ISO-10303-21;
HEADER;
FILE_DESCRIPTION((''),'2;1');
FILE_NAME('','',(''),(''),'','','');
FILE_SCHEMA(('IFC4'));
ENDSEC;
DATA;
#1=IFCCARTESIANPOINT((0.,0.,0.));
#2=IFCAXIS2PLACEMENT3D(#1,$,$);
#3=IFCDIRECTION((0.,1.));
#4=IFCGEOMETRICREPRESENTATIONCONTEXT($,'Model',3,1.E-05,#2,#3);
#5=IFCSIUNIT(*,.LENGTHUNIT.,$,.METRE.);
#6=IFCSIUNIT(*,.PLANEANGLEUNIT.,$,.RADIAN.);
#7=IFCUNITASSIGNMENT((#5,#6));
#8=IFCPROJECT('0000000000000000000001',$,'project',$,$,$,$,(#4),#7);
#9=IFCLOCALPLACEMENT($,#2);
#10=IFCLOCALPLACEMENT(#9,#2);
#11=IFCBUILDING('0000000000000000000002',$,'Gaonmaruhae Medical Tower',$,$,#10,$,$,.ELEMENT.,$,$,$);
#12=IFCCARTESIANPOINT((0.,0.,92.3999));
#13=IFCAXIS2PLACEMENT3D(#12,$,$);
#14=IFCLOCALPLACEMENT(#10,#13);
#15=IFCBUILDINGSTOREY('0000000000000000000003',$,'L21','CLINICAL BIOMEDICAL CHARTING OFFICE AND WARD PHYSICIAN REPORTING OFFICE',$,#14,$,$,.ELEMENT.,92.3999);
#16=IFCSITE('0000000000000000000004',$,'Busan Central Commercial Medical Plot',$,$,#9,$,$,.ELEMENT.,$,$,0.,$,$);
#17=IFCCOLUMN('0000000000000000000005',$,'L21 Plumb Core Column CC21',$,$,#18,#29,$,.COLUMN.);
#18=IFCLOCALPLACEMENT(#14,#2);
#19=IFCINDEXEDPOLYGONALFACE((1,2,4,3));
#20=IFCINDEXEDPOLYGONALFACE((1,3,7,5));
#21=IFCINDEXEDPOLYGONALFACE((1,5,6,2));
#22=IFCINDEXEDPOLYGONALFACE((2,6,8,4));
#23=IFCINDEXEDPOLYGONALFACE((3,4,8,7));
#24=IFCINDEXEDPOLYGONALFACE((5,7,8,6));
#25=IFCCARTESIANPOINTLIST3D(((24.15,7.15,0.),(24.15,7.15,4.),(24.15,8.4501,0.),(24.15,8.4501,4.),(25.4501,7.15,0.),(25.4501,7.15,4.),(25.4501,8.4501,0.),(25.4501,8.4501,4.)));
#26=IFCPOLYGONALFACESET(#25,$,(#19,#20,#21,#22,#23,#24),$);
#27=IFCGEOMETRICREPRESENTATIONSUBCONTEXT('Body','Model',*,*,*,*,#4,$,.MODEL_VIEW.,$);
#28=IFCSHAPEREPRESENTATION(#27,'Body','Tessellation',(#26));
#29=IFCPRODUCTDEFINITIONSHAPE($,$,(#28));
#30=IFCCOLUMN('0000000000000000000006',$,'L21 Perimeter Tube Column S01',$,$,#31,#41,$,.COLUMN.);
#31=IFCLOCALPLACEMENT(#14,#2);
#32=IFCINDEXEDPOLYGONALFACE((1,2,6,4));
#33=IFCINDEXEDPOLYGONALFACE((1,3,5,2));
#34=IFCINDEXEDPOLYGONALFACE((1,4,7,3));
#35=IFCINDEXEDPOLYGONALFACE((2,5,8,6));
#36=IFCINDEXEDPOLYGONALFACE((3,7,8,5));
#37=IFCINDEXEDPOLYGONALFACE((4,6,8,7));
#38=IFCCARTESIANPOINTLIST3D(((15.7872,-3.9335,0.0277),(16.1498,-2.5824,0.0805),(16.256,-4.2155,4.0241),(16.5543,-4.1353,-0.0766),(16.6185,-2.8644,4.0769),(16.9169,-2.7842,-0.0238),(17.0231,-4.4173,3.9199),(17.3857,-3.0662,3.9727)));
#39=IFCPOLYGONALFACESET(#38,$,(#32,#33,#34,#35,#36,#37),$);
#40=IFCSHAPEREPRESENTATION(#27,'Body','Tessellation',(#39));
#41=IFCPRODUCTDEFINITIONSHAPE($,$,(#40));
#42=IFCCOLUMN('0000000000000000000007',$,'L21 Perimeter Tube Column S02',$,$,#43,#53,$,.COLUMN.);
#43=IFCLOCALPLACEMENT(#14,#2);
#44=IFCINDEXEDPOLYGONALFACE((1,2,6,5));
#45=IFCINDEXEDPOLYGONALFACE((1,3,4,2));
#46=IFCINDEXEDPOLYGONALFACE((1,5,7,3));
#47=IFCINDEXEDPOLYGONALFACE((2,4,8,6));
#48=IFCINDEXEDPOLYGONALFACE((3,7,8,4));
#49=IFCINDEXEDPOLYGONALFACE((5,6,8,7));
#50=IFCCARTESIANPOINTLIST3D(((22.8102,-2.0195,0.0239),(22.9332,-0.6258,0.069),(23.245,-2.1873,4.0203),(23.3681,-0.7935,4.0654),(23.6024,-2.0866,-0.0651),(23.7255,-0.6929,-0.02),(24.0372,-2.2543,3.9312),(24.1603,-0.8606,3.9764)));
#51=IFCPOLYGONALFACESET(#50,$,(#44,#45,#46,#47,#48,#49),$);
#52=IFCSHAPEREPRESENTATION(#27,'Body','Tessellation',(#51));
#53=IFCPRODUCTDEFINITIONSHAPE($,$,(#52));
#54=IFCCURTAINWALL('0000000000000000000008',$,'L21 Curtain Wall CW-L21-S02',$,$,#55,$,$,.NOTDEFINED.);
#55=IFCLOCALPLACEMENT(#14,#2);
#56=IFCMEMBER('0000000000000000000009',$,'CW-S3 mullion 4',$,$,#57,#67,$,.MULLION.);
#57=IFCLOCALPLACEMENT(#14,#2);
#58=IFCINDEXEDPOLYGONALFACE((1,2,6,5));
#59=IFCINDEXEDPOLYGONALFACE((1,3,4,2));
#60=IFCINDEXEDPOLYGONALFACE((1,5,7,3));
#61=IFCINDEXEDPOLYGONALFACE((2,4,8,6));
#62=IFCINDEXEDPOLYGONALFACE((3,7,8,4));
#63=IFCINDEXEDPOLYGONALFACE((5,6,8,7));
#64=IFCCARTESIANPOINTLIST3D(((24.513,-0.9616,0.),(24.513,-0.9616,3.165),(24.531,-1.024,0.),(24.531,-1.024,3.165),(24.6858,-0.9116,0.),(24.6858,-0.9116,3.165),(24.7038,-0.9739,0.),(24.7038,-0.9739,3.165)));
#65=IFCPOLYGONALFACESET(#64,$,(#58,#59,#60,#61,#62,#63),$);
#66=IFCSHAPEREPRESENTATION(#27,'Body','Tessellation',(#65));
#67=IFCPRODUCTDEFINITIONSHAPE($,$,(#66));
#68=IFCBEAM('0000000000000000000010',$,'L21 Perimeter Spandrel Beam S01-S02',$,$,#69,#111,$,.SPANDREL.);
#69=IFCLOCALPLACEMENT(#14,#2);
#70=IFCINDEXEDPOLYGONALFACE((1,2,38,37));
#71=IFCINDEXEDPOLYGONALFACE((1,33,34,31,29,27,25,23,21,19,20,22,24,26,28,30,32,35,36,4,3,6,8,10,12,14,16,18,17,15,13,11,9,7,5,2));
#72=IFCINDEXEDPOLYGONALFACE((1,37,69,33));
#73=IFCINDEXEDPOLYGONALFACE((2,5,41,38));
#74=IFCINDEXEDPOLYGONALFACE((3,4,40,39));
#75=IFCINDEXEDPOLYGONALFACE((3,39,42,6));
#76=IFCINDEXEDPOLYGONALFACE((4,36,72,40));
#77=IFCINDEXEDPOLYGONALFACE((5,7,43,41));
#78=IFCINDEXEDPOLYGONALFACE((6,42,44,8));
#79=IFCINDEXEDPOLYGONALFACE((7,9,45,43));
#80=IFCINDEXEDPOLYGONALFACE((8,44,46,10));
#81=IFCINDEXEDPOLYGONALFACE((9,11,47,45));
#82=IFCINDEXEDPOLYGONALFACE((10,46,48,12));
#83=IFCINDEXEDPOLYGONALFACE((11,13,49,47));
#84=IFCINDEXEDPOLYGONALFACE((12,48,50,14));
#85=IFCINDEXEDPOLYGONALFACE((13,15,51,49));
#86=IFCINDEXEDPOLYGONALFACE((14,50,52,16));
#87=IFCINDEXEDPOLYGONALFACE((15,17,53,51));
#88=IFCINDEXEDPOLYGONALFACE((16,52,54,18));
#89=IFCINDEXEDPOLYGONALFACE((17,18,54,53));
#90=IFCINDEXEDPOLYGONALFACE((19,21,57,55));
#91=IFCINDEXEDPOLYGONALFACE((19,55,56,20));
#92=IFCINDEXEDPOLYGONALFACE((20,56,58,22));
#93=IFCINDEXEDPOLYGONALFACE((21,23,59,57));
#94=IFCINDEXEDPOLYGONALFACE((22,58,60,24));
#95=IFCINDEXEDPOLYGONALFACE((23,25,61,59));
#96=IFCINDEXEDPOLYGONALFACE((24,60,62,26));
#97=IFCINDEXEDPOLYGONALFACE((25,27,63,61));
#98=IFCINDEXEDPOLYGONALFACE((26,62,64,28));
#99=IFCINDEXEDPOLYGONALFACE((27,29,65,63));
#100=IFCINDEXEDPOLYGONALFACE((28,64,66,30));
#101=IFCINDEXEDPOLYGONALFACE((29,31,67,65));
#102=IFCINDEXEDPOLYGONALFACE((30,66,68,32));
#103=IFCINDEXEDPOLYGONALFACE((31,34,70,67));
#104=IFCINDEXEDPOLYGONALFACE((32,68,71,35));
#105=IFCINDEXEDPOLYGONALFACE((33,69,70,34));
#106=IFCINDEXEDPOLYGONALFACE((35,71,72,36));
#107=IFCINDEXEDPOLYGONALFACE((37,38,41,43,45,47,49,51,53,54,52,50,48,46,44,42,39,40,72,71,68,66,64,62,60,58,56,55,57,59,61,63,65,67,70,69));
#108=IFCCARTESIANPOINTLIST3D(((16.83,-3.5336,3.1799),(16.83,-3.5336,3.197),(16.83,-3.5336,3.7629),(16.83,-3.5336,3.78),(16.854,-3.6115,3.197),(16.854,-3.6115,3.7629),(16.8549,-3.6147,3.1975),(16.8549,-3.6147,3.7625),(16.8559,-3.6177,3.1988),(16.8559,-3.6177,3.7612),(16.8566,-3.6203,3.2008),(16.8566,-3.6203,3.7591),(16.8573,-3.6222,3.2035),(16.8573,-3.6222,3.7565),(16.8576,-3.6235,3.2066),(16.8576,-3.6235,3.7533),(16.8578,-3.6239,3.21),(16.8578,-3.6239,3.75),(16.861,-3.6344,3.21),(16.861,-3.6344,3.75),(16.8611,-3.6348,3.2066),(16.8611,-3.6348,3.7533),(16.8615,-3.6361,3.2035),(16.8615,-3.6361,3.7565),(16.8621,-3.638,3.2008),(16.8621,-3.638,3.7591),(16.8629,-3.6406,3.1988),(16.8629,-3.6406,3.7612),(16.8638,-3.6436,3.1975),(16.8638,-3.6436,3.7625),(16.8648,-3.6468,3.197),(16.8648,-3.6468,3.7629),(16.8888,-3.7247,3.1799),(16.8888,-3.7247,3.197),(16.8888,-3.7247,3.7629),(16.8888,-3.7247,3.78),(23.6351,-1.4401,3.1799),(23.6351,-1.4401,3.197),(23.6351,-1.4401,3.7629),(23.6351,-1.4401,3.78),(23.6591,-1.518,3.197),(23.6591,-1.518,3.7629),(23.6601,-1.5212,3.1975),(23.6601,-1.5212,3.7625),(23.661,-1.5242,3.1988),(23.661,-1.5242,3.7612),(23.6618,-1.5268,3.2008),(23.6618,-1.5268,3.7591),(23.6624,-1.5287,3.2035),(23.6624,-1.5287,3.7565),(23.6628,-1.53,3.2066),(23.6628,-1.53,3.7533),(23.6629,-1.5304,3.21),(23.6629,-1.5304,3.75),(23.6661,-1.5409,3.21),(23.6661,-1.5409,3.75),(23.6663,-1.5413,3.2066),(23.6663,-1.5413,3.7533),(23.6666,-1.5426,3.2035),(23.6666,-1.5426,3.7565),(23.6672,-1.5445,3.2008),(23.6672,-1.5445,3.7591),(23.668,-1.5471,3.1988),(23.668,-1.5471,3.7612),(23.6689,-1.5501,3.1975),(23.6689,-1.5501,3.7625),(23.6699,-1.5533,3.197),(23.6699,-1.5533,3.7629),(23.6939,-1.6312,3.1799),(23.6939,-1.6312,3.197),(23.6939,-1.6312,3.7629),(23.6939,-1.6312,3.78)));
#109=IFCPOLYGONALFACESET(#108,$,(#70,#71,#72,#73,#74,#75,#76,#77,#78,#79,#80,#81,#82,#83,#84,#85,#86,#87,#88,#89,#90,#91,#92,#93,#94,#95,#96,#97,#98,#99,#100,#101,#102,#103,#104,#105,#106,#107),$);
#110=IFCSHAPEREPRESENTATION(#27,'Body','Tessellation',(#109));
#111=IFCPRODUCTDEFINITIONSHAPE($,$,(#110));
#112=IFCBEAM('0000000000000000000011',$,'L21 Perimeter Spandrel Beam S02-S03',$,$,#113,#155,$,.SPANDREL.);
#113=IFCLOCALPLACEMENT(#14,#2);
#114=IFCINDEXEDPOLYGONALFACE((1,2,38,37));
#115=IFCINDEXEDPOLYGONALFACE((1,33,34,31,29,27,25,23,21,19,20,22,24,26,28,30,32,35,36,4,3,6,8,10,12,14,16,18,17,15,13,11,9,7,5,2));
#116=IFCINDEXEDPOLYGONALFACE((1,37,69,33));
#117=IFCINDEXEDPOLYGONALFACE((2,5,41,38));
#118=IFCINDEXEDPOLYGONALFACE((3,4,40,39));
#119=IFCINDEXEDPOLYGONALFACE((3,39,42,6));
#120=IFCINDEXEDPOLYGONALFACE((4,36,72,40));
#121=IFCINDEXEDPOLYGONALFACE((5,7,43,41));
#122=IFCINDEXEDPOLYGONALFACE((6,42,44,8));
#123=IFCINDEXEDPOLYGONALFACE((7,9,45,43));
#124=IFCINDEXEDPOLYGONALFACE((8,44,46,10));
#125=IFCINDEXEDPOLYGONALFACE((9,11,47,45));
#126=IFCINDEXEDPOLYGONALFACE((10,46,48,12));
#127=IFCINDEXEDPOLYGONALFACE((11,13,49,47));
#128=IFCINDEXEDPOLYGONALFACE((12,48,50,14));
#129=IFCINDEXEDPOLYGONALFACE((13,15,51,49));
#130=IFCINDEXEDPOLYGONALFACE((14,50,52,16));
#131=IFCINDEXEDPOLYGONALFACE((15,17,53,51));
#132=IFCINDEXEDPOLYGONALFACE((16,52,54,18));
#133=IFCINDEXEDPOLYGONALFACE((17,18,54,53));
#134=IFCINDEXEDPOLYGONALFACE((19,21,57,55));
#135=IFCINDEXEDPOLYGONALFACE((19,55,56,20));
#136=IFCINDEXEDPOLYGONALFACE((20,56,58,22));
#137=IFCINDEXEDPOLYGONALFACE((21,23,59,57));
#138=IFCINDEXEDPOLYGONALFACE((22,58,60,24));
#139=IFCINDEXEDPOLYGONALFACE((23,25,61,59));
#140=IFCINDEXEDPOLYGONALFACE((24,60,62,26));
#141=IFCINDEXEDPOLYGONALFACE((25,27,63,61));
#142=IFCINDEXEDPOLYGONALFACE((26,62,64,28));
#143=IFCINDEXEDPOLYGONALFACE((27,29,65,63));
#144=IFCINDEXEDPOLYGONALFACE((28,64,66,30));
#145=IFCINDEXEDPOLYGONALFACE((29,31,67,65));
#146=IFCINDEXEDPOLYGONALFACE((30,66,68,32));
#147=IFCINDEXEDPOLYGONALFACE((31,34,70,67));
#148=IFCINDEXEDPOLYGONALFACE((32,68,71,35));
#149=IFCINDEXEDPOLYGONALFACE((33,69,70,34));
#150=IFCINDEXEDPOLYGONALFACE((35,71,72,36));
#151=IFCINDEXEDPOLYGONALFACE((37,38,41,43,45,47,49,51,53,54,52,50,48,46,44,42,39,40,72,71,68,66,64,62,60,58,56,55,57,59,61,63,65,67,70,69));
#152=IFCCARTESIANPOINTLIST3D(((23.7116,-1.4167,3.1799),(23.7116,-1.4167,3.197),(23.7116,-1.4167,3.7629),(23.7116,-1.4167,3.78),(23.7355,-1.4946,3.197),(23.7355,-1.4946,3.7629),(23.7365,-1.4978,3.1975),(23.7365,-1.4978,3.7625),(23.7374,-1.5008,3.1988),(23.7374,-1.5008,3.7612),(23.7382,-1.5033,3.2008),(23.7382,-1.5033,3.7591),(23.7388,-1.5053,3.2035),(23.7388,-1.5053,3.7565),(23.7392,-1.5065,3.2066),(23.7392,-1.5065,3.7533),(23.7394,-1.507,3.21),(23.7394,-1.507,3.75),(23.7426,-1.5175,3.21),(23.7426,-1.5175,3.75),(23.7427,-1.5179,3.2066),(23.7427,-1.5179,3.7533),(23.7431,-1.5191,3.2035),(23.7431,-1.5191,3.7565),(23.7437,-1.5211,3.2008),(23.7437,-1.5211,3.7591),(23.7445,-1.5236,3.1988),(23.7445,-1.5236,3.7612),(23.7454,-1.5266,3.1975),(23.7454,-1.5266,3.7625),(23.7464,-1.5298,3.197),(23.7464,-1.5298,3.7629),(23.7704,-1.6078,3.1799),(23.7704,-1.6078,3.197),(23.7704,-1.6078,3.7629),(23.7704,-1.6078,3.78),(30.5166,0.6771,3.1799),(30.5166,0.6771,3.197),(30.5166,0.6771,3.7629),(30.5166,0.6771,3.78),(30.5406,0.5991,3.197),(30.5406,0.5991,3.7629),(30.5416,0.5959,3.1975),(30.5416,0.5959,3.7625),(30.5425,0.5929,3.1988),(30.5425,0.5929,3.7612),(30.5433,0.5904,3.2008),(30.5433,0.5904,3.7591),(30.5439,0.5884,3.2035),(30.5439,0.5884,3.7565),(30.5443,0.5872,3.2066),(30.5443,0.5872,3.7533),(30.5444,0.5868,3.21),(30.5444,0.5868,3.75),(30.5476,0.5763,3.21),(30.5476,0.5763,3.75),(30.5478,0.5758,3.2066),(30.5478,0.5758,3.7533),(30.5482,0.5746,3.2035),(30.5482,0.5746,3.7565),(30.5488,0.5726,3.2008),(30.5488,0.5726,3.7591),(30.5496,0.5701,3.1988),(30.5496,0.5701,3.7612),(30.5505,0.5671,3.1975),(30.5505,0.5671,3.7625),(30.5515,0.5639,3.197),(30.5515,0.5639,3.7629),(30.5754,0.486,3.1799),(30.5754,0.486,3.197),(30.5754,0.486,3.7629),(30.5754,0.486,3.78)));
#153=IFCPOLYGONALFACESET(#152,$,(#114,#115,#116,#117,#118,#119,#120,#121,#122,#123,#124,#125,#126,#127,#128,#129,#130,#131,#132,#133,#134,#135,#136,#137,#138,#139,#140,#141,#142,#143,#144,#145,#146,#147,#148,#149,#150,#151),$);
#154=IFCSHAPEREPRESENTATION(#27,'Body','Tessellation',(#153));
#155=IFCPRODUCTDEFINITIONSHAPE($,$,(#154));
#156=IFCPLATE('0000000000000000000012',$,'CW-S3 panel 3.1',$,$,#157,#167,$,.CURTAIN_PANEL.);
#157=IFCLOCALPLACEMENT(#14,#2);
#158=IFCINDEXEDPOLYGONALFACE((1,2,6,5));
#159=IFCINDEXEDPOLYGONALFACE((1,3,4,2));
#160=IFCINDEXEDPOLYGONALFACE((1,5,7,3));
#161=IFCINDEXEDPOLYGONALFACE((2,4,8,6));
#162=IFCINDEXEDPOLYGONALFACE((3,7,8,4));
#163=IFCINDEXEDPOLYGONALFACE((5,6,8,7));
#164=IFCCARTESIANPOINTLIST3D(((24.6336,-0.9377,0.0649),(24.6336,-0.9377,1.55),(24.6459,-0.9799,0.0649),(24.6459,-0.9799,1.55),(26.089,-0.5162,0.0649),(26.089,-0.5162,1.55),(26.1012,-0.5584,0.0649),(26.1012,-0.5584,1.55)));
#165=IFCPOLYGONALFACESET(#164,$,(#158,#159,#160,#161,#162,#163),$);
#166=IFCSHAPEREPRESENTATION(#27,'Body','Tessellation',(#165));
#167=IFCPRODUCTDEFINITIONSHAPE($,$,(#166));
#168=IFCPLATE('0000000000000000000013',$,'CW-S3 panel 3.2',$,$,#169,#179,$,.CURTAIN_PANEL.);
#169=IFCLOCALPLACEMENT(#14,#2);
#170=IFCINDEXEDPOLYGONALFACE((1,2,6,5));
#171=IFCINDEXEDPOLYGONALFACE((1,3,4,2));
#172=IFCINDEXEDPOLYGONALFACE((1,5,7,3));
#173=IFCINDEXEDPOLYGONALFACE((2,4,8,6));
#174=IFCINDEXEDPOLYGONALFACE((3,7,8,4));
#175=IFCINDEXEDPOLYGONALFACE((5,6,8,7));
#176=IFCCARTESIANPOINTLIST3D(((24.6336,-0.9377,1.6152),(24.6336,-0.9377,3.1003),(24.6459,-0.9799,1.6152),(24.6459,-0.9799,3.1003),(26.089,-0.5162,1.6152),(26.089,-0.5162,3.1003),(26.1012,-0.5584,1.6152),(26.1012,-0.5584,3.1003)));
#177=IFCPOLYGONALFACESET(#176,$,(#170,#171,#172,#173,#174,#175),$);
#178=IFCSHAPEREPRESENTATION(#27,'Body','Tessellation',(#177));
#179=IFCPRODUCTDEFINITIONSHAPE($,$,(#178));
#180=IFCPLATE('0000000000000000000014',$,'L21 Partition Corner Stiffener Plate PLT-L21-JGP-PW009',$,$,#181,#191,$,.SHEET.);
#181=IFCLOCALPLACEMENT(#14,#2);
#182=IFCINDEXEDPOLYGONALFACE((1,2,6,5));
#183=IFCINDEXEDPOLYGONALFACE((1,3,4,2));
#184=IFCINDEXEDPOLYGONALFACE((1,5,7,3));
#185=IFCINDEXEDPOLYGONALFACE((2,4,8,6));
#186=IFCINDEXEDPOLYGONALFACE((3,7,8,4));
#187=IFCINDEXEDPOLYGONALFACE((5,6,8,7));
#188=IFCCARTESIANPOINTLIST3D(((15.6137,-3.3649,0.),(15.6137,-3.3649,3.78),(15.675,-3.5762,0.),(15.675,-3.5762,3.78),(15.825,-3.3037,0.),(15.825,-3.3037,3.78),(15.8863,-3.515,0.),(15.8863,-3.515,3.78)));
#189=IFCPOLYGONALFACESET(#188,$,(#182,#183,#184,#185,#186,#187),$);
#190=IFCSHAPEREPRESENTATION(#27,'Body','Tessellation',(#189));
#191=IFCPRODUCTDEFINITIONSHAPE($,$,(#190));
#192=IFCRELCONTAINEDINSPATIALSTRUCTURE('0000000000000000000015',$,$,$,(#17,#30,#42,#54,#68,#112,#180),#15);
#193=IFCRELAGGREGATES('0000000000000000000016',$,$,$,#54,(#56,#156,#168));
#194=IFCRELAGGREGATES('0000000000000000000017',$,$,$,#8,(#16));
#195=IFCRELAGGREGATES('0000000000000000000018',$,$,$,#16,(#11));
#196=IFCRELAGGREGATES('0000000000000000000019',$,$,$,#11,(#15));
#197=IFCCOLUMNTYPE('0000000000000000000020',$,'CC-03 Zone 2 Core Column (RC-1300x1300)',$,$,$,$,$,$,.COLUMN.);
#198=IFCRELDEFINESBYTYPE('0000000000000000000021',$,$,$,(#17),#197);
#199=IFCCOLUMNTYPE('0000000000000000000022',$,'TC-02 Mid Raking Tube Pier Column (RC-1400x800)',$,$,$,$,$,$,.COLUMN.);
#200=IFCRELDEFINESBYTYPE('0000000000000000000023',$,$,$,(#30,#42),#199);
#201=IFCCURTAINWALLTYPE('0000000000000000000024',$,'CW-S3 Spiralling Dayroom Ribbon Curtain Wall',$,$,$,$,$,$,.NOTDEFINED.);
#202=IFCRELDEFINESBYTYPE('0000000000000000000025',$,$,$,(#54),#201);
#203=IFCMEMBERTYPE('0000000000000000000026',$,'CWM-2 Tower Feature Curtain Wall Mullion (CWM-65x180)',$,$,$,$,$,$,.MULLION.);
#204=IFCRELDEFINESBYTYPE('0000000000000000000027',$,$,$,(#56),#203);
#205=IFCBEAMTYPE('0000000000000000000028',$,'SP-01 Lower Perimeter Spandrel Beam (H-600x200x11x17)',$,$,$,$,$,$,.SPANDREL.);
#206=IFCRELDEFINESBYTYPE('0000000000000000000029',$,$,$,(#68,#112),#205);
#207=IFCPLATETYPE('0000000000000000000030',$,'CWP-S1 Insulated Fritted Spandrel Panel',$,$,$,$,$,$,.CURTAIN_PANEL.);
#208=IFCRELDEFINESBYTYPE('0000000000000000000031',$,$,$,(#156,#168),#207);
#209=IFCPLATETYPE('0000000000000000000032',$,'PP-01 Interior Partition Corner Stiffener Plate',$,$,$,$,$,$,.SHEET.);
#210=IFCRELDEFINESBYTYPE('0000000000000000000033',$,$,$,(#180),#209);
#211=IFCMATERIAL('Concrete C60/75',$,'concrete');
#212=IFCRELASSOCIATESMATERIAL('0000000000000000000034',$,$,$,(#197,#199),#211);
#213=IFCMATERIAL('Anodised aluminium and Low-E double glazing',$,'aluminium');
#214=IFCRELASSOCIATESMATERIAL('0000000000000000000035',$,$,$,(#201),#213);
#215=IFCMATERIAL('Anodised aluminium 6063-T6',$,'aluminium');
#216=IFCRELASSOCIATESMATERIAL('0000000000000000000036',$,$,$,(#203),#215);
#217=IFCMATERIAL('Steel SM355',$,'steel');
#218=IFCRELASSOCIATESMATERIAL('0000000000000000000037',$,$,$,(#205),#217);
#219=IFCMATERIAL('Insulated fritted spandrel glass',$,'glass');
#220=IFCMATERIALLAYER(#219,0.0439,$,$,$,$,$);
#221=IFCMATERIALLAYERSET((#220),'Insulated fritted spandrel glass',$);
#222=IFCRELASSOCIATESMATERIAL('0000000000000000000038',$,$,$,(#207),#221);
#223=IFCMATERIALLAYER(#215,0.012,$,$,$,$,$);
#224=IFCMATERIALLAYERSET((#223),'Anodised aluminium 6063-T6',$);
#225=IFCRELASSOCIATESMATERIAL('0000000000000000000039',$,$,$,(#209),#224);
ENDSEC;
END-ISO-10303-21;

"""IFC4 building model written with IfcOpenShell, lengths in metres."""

from ifc_helpers import new_model, si_unit, direction, frame, origin, origin_2d, place, context, subcontext, project, spatial, rectangle, i_section, extrude, material, layer, layer_set, material_profile, profile_set, type_object, element, aggregate, save


model = new_model("IFC4")

# Units and contexts
model_context = context("Model", 3, precision=1e-05, world=origin(), true_north=direction((0.0, 1.0)))
body_context = subcontext(model_context, "Body", "Model", "MODEL_VIEW")
ifc_project = project(units=[si_unit("LENGTHUNIT", "METRE"), si_unit("PLANEANGLEUNIT", "RADIAN")], contexts=[model_context])

# Site, building, storey
site_placement = place(None, origin())
site = spatial("IfcSite", under=ifc_project, at=site_placement, Name="Busan Central Commercial Medical Plot", CompositionType="ELEMENT", RefElevation=0.0)
building_placement = place(site_placement, origin())
building = spatial("IfcBuilding", under=site, at=building_placement, Name="Gaonmaruhae Medical Tower", CompositionType="ELEMENT")
storey_placement = place(building_placement, frame((0.0, 0.0, 92.3999)))
storey = spatial("IfcBuildingStorey", under=building, at=storey_placement, Name="L21", Description="CLINICAL BIOMEDICAL CHARTING OFFICE AND WARD PHYSICIAN REPORTING OFFICE", CompositionType="ELEMENT", Elevation=92.3999)

# Columns
ifc_material_1 = material(Name="Concrete C60/75", Category="concrete")
ifc_material_profile_1 = material_profile(ifc_material_1, rectangle(XDim=1.3, YDim=1.3, at=origin_2d()), Name="RC-1300x1300")
ifc_profile_set_1 = profile_set([ifc_material_profile_1], Name="Concrete C60/75")
column_type_1 = type_object("IfcColumnType", Name="CC-03 Zone 2 Core Column (RC-1300x1300)", PredefinedType="COLUMN", material=ifc_profile_set_1)
column_1_placement = place(storey_placement, frame((24.8, 7.8, 0.0), z_axis=(0.0, 0.0, 1.0), x_axis=(1.0, 0.0, 0.0)))
element("IfcColumn", 1, at=column_1_placement, inside=storey, type_object=column_type_1, Name="L21 Plumb Core Column CC21", PredefinedType="COLUMN", context=body_context, shape_type="SweptSolid", body=[
    extrude(rectangle(XDim=1.3, YDim=1.3, at=origin_2d()), origin(), (0.0, 0.0, 1.0), 4.0),
])
ifc_material_profile_2 = material_profile(ifc_material_1, rectangle(XDim=1.3999, YDim=0.8, at=origin_2d()), Name="RC-1400x800")
ifc_profile_set_2 = profile_set([ifc_material_profile_2], Name="Concrete C60/75")
column_type_2 = type_object("IfcColumnType", Name="TC-02 Mid Raking Tube Pier Column (RC-1400x800)", PredefinedType="COLUMN", material=ifc_profile_set_2)
column_2_placement = place(storey_placement, frame((16.3521, -3.3589, 0.002), z_axis=(0.116211, -0.069908, 0.990761), x_axis=(0.25899, 0.965143, 0.037723)))
element("IfcColumn", 2, at=column_2_placement, inside=storey, type_object=column_type_2, Name="L21 Perimeter Tube Column S01", PredefinedType="COLUMN", context=body_context, shape_type="SweptSolid", body=[
    extrude(rectangle(XDim=1.3999, YDim=0.8, at=origin_2d()), origin(), (0.0, 0.0, 1.0), 4.0337),
])
column_3_placement = place(storey_placement, frame((23.2678, -1.3562, 0.002), z_axis=(0.108071, -0.041687, 0.993269), x_axis=(0.087921, 0.995606, 0.032219)))
element("IfcColumn", 3, at=column_3_placement, inside=storey, type_object=column_type_2, Name="L21 Perimeter Tube Column S02", PredefinedType="COLUMN", context=body_context, shape_type="SweptSolid", body=[
    extrude(rectangle(XDim=1.3999, YDim=0.8, at=origin_2d()), origin(), (0.0, 0.0, 1.0), 4.0234),
])

# Curtain wall, member
ifc_material_2 = material(Name="Anodised aluminium and Low-E double glazing", Category="aluminium")
curtain_wall_type = type_object("IfcCurtainWallType", Name="CW-S3 Spiralling Dayroom Ribbon Curtain Wall", PredefinedType="NOTDEFINED", material=ifc_material_2)
curtain_wall_placement = place(storey_placement, origin())
curtain_wall = element("IfcCurtainWall", 4, at=curtain_wall_placement, inside=storey, type_object=curtain_wall_type, Name="L21 Curtain Wall CW-L21-S02", PredefinedType="NOTDEFINED")
ifc_material_3 = material(Name="Anodised aluminium 6063-T6", Category="aluminium")
ifc_material_profile_3 = material_profile(ifc_material_3, rectangle(XDim=0.0649, YDim=0.1799, at=origin_2d()), Name="CWM-65x180")
ifc_profile_set_3 = profile_set([ifc_material_profile_3], Name="Anodised aluminium 6063-T6")
member_type = type_object("IfcMemberType", Name="CWM-2 Tower Feature Curtain Wall Mullion (CWM-65x180)", PredefinedType="MULLION", material=ifc_profile_set_3)
member_placement = place(storey_placement, frame((24.6084, -0.9678, 0.0), z_axis=(0.0, 0.0, 1.0), x_axis=(0.27814, -0.960541, 0.0)))
member = element("IfcMember", 5, at=member_placement, type_object=member_type, Name="CW-S3 mullion 4", PredefinedType="MULLION", context=body_context, shape_type="SweptSolid", body=[
    extrude(rectangle(XDim=0.0649, YDim=0.1799, at=origin_2d()), origin(), (0.0, 0.0, 1.0), 3.165),
])

# Beams
ifc_material_4 = material(Name="Steel SM355", Category="steel")
ifc_material_profile_4 = material_profile(ifc_material_4, i_section(OverallWidth=0.2, OverallDepth=0.6001, WebThickness=0.011, FlangeThickness=0.0171, FilletRadius=0.0129, at=origin_2d()), Name="H-600x200x11x17")
ifc_profile_set_4 = profile_set([ifc_material_profile_4], Name="Steel SM355")
beam_type = type_object("IfcBeamType", Name="SP-01 Lower Perimeter Spandrel Beam (H-600x200x11x17)", PredefinedType="SPANDREL", material=ifc_profile_set_4)
for number, where, z_axis, x_axis, name in (
    (6, (16.8594, -3.6292, 3.48), (0.955795, 0.294035, 0.0), (-0.294035, 0.955795, 0.0), "L21 Perimeter Spandrel Beam S01-S02"),
    (7, (23.741, -1.5122, 3.48), (0.955785, 0.294067, 0.0), (-0.294067, 0.955785, 0.0), "L21 Perimeter Spandrel Beam S02-S03"),
):
    element("IfcBeam", number, at=place(storey_placement, frame(where, z_axis=z_axis, x_axis=x_axis)), inside=storey, type_object=beam_type, Name=name, PredefinedType="SPANDREL", context=body_context, shape_type="SweptSolid", body=[
        extrude(i_section(OverallWidth=0.2, OverallDepth=0.6001, WebThickness=0.011, FlangeThickness=0.0171, FilletRadius=0.0129, at=origin_2d()), origin(), (0.0, 0.0, 1.0), 7.1199),
    ])

# Plates
ifc_material_5 = material(Name="Insulated fritted spandrel glass", Category="glass")
ifc_layer_1 = layer(ifc_material_5, 0.0439)
ifc_layer_set_1 = layer_set([ifc_layer_1], Name="Insulated fritted spandrel glass")
plate_type_1 = type_object("IfcPlateType", Name="CWP-S1 Insulated Fritted Spandrel Panel", PredefinedType="CURTAIN_PANEL", material=ifc_layer_set_1)
plate_1_placement = place(storey_placement, frame((25.3674, -0.748, 0.0649), z_axis=(0.0, 0.0, 1.0), x_axis=(-0.960541, -0.27814, 0.0)))
plate_1 = element("IfcPlate", 8, at=plate_1_placement, type_object=plate_type_1, Name="CW-S3 panel 3.1", PredefinedType="CURTAIN_PANEL", context=body_context, shape_type="SweptSolid", body=[
    extrude(rectangle(XDim=1.5151, YDim=0.0439, at=origin_2d()), origin(), (0.0, 0.0, 1.0), 1.4851),
])
plate_2_placement = place(storey_placement, frame((25.3674, -0.748, 1.6152), z_axis=(0.0, 0.0, 1.0), x_axis=(-0.960541, -0.27814, 0.0)))
plate_2 = element("IfcPlate", 9, at=plate_2_placement, type_object=plate_type_1, Name="CW-S3 panel 3.2", PredefinedType="CURTAIN_PANEL", context=body_context, shape_type="SweptSolid", body=[
    extrude(rectangle(XDim=1.5151, YDim=0.0439, at=origin_2d()), origin(), (0.0, 0.0, 1.0), 1.4851),
])
aggregate(curtain_wall, [member, plate_1, plate_2])
ifc_layer_2 = layer(ifc_material_3, 0.012)
ifc_layer_set_2 = layer_set([ifc_layer_2], Name="Anodised aluminium 6063-T6")
plate_type_2 = type_object("IfcPlateType", Name="PP-01 Interior Partition Corner Stiffener Plate", PredefinedType="SHEET", material=ifc_layer_set_2)
plate_3_placement = place(storey_placement, frame((15.75, -3.4399, 0.0), z_axis=(0.0, 0.0, 1.0), x_axis=(-0.278438, 0.960454, 0.0)))
element("IfcPlate", 10, at=plate_3_placement, inside=storey, type_object=plate_type_2, Name="L21 Partition Corner Stiffener Plate PLT-L21-JGP-PW009", PredefinedType="SHEET", context=body_context, shape_type="SweptSolid", body=[
    extrude(rectangle(XDim=0.22, YDim=0.22, at=origin_2d()), origin(), (0.0, 0.0, 1.0), 3.78),
])

save(model, "model.ifc")
